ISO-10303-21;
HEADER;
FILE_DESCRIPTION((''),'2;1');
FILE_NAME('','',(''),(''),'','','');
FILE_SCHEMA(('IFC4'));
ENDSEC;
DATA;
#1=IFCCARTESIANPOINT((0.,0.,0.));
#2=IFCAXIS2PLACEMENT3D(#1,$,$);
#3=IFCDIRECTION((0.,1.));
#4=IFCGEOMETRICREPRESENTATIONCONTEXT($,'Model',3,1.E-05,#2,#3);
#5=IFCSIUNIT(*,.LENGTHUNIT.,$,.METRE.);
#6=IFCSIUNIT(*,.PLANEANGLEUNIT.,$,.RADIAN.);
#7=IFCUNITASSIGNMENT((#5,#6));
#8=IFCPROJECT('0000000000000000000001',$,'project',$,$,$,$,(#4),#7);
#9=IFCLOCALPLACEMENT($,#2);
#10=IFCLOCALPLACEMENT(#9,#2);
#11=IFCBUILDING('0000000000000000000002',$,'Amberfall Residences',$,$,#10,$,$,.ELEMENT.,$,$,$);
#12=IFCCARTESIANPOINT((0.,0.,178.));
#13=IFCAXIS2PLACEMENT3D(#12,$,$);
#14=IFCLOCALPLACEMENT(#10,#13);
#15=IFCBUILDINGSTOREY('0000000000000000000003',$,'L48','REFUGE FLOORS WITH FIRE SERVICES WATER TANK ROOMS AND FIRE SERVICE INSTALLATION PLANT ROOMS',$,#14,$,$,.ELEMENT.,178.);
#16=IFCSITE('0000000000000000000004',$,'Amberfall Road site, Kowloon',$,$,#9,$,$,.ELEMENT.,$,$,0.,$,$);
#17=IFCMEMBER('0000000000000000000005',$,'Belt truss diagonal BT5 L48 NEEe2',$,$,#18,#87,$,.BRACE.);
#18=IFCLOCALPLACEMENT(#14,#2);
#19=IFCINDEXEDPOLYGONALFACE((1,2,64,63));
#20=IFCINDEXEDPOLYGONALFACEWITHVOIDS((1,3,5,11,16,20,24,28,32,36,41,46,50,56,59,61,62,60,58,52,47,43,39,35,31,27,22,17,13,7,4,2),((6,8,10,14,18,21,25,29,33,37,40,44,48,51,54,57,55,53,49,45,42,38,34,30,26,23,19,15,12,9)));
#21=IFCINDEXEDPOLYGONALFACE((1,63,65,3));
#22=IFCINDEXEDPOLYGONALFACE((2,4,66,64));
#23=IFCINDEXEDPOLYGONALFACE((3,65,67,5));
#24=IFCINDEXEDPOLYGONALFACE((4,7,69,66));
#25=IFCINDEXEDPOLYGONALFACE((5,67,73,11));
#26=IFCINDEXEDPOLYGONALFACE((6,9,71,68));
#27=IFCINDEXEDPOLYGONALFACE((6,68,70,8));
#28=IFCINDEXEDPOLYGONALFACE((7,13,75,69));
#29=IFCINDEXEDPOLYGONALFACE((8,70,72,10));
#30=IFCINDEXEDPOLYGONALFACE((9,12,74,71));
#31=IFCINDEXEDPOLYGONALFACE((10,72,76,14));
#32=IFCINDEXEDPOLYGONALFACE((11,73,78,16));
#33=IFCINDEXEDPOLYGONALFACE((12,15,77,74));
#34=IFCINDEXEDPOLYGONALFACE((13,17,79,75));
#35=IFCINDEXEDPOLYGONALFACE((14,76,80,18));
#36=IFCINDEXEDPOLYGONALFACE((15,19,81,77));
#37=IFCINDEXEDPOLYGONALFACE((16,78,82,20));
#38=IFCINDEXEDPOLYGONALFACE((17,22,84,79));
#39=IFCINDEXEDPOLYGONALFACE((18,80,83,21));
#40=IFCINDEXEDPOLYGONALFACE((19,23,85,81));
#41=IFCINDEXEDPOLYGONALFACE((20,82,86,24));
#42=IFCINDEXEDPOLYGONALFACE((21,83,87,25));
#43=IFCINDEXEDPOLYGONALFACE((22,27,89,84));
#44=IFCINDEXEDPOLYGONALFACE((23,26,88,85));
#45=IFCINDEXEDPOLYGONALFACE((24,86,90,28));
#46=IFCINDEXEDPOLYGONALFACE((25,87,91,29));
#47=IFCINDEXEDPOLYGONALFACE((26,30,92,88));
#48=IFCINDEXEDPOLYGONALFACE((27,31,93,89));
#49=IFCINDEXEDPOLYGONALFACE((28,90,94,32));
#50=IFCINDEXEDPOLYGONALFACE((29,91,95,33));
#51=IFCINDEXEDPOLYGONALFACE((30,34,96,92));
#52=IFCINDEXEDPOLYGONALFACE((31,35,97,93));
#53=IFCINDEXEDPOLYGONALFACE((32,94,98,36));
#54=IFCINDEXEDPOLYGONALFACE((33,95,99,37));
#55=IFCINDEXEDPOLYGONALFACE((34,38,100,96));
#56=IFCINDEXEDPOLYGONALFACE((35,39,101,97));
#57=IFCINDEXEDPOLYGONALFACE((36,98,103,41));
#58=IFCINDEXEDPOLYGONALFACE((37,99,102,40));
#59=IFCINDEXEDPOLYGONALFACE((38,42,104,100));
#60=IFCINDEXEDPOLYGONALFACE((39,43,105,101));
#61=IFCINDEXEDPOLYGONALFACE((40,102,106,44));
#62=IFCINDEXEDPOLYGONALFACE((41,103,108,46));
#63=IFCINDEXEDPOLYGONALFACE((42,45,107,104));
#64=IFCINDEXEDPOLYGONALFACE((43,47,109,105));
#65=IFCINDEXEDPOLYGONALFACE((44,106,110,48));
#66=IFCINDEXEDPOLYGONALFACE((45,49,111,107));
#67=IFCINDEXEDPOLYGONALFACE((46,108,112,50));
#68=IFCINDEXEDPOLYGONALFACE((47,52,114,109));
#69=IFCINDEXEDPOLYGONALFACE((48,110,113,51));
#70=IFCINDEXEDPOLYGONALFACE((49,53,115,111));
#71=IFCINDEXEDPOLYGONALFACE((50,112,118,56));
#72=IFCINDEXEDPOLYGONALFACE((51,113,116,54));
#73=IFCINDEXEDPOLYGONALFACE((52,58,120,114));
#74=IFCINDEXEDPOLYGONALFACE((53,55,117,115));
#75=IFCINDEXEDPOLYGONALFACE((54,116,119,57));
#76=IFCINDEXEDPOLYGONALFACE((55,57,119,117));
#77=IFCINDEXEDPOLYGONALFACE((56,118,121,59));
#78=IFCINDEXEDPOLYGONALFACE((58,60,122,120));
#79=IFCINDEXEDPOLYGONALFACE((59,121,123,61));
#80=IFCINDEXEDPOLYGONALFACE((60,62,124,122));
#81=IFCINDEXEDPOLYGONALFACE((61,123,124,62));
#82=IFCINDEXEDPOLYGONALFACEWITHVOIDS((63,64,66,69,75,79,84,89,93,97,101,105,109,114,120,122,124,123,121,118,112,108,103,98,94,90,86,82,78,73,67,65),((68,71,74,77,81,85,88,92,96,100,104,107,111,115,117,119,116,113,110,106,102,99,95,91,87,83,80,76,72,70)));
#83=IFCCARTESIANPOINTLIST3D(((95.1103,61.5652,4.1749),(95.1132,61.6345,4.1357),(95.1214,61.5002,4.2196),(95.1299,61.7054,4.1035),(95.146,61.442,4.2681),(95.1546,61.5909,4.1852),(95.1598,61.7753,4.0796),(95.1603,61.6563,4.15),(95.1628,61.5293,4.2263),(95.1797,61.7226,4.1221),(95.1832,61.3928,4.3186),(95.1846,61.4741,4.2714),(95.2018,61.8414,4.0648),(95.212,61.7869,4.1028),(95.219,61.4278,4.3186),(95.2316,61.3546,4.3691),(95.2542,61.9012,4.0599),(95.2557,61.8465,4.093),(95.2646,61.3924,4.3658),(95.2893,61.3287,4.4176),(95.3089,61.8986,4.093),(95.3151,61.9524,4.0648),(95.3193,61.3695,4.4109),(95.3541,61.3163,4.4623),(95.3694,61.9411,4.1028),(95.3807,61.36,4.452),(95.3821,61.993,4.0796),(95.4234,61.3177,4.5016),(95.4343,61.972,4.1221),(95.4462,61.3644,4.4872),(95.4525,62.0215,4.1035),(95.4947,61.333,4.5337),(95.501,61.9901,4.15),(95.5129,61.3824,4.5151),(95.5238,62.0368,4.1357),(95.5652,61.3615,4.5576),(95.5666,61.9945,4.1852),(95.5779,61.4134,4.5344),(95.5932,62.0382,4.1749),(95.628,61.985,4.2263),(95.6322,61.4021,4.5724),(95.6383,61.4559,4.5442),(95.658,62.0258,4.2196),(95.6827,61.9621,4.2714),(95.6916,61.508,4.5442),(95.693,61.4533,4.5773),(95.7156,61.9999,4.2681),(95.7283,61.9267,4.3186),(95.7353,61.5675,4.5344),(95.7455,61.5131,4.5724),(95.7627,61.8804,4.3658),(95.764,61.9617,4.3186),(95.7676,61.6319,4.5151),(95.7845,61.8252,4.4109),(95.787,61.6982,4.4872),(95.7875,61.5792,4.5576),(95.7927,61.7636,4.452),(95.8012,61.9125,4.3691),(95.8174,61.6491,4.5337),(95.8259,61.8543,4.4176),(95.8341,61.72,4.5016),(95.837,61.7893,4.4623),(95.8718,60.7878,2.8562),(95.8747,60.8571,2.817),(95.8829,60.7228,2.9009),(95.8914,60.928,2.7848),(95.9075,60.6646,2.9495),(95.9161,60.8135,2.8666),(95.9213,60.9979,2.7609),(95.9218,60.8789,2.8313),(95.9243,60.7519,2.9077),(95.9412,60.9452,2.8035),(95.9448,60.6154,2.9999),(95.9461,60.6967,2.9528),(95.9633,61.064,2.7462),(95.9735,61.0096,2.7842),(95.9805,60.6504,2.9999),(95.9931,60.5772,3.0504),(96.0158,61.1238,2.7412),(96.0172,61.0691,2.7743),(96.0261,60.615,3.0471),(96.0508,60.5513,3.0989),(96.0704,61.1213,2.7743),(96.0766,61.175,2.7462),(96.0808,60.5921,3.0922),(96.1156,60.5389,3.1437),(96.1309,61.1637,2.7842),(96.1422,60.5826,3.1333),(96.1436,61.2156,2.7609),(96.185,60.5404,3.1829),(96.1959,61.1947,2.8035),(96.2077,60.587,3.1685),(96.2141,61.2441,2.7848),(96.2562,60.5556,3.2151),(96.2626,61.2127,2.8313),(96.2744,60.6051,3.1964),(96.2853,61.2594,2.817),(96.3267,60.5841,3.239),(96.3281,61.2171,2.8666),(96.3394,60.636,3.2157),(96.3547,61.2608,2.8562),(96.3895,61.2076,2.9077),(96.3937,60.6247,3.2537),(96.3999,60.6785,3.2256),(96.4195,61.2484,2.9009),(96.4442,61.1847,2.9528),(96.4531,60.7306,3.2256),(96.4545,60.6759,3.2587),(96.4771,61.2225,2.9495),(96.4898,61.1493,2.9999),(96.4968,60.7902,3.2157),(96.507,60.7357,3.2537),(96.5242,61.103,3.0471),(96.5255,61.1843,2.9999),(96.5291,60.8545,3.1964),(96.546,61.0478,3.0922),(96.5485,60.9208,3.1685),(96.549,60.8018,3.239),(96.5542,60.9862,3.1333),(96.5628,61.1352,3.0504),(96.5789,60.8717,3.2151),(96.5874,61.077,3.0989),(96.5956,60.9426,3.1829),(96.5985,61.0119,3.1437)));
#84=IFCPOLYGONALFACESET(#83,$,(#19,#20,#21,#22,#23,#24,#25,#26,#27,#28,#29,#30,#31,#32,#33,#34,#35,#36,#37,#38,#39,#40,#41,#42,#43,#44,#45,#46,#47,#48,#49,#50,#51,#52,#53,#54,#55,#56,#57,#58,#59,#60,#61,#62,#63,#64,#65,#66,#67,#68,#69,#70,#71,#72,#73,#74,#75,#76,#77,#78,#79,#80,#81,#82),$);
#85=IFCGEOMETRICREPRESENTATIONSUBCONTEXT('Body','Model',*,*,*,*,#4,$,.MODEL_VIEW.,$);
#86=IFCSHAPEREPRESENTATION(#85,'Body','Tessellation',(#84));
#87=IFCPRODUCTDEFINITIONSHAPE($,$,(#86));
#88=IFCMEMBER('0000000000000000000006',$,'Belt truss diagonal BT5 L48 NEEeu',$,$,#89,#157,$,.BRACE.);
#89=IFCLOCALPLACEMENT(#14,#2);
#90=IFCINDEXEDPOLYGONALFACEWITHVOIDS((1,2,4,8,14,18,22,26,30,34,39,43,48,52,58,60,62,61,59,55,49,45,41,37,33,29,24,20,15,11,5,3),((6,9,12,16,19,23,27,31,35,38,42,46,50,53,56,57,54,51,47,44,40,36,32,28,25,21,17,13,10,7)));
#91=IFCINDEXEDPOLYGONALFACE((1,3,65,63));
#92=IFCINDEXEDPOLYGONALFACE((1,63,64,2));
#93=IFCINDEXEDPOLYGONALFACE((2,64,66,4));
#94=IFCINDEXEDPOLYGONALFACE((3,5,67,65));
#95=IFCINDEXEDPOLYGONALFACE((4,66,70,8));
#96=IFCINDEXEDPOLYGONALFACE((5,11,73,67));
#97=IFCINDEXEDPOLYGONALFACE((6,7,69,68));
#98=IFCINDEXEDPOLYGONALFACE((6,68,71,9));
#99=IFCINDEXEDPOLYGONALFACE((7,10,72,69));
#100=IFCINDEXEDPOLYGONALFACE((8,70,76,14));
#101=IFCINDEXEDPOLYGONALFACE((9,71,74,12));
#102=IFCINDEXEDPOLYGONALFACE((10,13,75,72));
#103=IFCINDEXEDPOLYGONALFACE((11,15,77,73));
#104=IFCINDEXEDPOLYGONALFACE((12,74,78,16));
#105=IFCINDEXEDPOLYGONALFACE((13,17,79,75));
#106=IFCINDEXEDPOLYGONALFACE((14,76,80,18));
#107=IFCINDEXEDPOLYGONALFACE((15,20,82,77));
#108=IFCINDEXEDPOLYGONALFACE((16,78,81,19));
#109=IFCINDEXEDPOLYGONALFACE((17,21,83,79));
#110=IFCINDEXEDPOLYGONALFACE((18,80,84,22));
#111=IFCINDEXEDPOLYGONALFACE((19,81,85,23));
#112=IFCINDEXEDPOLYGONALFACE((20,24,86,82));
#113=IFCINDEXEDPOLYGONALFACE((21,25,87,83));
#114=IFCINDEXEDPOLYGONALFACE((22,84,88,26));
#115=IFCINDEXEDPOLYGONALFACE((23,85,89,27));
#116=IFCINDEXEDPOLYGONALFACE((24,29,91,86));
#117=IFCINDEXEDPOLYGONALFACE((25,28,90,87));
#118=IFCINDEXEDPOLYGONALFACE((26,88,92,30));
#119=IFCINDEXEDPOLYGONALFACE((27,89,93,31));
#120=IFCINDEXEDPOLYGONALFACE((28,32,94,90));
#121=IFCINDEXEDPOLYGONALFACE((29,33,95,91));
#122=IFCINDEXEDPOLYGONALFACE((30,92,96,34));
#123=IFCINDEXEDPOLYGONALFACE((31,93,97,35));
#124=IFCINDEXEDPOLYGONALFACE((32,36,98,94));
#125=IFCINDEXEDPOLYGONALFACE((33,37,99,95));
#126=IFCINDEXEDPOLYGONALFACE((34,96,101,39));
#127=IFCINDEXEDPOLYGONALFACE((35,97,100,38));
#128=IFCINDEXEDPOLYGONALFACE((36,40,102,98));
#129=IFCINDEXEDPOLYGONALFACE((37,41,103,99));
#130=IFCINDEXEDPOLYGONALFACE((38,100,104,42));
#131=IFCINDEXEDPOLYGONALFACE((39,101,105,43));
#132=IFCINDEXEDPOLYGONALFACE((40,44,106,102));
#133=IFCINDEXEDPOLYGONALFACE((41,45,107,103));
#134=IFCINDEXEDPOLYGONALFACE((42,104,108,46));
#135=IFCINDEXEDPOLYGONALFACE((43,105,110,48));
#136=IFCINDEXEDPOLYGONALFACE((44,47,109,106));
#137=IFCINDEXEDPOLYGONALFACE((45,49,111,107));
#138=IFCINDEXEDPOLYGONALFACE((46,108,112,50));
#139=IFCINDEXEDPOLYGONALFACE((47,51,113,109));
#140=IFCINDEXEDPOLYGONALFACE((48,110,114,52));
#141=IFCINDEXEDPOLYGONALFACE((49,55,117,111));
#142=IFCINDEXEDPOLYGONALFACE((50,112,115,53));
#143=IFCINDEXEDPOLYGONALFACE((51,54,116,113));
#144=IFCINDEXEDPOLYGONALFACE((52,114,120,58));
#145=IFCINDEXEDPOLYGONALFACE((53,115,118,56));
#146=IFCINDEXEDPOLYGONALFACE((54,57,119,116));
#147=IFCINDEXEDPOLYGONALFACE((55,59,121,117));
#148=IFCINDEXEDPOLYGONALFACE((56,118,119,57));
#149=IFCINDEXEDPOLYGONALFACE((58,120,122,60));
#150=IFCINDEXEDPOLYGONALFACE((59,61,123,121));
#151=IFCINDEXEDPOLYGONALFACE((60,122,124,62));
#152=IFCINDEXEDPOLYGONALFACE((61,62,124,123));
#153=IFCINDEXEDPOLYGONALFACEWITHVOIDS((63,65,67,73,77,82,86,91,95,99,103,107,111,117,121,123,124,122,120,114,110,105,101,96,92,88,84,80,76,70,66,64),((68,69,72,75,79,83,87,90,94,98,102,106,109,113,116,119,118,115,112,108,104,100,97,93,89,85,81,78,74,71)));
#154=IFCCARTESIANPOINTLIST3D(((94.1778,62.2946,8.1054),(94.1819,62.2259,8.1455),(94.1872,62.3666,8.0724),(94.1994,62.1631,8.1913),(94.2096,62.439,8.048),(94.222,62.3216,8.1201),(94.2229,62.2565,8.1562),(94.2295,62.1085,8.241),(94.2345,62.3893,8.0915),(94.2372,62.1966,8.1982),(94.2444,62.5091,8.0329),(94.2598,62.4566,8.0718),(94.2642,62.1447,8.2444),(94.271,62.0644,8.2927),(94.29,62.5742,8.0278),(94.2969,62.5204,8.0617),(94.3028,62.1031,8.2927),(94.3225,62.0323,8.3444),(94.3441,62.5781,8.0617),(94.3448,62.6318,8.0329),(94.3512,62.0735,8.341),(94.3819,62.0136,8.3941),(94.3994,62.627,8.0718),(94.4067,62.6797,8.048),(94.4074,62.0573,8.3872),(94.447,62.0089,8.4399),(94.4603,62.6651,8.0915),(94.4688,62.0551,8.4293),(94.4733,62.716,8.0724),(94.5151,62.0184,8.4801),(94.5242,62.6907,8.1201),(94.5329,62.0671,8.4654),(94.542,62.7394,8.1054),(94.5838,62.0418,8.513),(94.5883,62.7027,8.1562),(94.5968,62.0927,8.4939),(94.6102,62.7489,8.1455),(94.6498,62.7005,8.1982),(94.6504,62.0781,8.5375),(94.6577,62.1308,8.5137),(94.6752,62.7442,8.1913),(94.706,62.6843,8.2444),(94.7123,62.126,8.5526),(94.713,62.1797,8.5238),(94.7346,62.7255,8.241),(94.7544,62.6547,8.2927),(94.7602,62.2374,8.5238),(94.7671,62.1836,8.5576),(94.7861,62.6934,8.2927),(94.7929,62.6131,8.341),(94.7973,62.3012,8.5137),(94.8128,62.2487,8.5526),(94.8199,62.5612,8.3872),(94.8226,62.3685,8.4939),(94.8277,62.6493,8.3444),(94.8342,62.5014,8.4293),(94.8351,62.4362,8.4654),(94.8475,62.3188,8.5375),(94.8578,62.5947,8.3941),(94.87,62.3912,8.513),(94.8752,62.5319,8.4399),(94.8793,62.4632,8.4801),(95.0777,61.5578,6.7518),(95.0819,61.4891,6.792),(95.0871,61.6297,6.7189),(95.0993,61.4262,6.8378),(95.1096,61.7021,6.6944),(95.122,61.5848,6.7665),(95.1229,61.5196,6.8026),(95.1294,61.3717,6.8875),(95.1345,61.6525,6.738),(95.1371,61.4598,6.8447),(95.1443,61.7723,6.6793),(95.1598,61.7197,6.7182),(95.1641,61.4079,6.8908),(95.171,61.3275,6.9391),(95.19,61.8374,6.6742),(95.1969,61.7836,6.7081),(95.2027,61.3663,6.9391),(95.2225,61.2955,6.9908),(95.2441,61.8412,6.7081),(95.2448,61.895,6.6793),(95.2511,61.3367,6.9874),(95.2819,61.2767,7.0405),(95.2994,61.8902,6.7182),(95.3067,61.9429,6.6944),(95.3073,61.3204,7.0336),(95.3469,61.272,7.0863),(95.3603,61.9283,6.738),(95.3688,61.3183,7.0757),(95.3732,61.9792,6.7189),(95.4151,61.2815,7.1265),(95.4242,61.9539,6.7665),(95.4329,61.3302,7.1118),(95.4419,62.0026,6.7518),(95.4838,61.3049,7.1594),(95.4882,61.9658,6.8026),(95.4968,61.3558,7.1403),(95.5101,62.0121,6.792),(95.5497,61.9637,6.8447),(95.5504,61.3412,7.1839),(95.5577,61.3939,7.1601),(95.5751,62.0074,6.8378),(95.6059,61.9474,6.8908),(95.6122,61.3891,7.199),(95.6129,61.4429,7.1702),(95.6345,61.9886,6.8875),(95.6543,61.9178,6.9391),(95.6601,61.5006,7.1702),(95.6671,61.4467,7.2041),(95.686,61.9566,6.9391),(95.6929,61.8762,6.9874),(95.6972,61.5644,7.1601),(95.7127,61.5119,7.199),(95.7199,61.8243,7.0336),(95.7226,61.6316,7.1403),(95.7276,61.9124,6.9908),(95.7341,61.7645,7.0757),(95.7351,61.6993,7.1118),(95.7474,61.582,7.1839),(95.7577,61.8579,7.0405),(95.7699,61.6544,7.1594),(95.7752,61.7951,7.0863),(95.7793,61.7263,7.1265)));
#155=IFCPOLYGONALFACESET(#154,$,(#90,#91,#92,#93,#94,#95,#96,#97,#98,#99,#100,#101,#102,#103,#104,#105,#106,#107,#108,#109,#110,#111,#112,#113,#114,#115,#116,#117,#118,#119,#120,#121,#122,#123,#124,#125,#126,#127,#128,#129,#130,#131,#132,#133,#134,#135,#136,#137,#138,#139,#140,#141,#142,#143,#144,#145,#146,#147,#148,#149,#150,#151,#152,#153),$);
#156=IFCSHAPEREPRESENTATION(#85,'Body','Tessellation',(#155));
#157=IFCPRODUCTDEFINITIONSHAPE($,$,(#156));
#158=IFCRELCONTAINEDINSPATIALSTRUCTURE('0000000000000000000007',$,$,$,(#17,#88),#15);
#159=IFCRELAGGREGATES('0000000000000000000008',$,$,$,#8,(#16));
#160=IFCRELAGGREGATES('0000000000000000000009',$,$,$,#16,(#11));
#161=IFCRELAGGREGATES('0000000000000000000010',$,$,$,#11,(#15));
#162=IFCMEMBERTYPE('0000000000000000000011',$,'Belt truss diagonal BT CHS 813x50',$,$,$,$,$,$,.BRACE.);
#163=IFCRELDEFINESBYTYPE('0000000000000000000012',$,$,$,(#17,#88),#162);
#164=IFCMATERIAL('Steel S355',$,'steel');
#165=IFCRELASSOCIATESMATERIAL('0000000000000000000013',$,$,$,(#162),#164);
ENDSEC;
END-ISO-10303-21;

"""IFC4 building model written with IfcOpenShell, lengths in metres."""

from ifc_helpers import new_model, si_unit, direction, frame, origin, origin_2d, place, context, subcontext, project, spatial, hollow_circle, extrude, material, material_profile, profile_set, type_object, element, save


model = new_model("IFC4")

# Units and contexts
model_context = context("Model", 3, precision=1e-05, world=origin(), true_north=direction((0.0, 1.0)))
body_context = subcontext(model_context, "Body", "Model", "MODEL_VIEW")
ifc_project = project(units=[si_unit("LENGTHUNIT", "METRE"), si_unit("PLANEANGLEUNIT", "RADIAN")], contexts=[model_context])

# Site, building, storey
site_placement = place(None, origin())
site = spatial("IfcSite", under=ifc_project, at=site_placement, Name="Amberfall Road site, Kowloon", CompositionType="ELEMENT", RefElevation=0.0)
building_placement = place(site_placement, origin())
building = spatial("IfcBuilding", under=site, at=building_placement, Name="Amberfall Residences", CompositionType="ELEMENT")
storey_placement = place(building_placement, frame((0.0, 0.0, 178.0)))
storey = spatial("IfcBuildingStorey", under=building, at=storey_placement, Name="L48", Description="REFUGE FLOORS WITH FIRE SERVICES WATER TANK ROOMS AND FIRE SERVICE INSTALLATION PLANT ROOMS", CompositionType="ELEMENT", Elevation=178.0)

# Shared definitions
ifc_material_1 = material(Name="Steel S355", Category="steel")

# Members
ifc_material_profile_1 = material_profile(ifc_material_1, hollow_circle(Radius=0.4065, WallThickness=0.05, at=origin_2d()), Name="CHS 813x50")
ifc_profile_set_1 = profile_set([ifc_material_profile_1], Name="Steel S355")
member_type_1 = type_object("IfcMemberType", Name="Belt truss diagonal BT CHS 813x50", PredefinedType="BRACE", material=ifc_profile_set_1)
member_1_placement = place(storey_placement, frame((95.4736, 61.6772, 4.3186), z_axis=(0.445404, -0.454686, -0.771282), x_axis=(0.714361, 0.699777, 0.0)))
element("IfcMember", 1, at=member_1_placement, inside=storey, type_object=member_type_1, Name="Belt truss diagonal BT5 L48 NEEe2", PredefinedType="BRACE", context=body_context, shape_type="SweptSolid", body=[
    extrude(hollow_circle(Radius=0.4065, WallThickness=0.05, at=origin_2d()), origin(), (0.0, 0.0, 1.0), 1.7097),
])
member_2_placement = place(storey_placement, frame((94.5286, 62.3789, 8.2927), z_axis=(0.504266, -0.412879, -0.75845), x_axis=(0.633512, 0.773733, 0.0)))
element("IfcMember", 2, at=member_2_placement, inside=storey, type_object=member_type_1, Name="Belt truss diagonal BT5 L48 NEEeu", PredefinedType="BRACE", context=body_context, shape_type="SweptSolid", body=[
    extrude(hollow_circle(Radius=0.4065, WallThickness=0.05, at=origin_2d()), origin(), (0.0, 0.0, 1.0), 1.7847),
])

save(model, "model.ifc")
